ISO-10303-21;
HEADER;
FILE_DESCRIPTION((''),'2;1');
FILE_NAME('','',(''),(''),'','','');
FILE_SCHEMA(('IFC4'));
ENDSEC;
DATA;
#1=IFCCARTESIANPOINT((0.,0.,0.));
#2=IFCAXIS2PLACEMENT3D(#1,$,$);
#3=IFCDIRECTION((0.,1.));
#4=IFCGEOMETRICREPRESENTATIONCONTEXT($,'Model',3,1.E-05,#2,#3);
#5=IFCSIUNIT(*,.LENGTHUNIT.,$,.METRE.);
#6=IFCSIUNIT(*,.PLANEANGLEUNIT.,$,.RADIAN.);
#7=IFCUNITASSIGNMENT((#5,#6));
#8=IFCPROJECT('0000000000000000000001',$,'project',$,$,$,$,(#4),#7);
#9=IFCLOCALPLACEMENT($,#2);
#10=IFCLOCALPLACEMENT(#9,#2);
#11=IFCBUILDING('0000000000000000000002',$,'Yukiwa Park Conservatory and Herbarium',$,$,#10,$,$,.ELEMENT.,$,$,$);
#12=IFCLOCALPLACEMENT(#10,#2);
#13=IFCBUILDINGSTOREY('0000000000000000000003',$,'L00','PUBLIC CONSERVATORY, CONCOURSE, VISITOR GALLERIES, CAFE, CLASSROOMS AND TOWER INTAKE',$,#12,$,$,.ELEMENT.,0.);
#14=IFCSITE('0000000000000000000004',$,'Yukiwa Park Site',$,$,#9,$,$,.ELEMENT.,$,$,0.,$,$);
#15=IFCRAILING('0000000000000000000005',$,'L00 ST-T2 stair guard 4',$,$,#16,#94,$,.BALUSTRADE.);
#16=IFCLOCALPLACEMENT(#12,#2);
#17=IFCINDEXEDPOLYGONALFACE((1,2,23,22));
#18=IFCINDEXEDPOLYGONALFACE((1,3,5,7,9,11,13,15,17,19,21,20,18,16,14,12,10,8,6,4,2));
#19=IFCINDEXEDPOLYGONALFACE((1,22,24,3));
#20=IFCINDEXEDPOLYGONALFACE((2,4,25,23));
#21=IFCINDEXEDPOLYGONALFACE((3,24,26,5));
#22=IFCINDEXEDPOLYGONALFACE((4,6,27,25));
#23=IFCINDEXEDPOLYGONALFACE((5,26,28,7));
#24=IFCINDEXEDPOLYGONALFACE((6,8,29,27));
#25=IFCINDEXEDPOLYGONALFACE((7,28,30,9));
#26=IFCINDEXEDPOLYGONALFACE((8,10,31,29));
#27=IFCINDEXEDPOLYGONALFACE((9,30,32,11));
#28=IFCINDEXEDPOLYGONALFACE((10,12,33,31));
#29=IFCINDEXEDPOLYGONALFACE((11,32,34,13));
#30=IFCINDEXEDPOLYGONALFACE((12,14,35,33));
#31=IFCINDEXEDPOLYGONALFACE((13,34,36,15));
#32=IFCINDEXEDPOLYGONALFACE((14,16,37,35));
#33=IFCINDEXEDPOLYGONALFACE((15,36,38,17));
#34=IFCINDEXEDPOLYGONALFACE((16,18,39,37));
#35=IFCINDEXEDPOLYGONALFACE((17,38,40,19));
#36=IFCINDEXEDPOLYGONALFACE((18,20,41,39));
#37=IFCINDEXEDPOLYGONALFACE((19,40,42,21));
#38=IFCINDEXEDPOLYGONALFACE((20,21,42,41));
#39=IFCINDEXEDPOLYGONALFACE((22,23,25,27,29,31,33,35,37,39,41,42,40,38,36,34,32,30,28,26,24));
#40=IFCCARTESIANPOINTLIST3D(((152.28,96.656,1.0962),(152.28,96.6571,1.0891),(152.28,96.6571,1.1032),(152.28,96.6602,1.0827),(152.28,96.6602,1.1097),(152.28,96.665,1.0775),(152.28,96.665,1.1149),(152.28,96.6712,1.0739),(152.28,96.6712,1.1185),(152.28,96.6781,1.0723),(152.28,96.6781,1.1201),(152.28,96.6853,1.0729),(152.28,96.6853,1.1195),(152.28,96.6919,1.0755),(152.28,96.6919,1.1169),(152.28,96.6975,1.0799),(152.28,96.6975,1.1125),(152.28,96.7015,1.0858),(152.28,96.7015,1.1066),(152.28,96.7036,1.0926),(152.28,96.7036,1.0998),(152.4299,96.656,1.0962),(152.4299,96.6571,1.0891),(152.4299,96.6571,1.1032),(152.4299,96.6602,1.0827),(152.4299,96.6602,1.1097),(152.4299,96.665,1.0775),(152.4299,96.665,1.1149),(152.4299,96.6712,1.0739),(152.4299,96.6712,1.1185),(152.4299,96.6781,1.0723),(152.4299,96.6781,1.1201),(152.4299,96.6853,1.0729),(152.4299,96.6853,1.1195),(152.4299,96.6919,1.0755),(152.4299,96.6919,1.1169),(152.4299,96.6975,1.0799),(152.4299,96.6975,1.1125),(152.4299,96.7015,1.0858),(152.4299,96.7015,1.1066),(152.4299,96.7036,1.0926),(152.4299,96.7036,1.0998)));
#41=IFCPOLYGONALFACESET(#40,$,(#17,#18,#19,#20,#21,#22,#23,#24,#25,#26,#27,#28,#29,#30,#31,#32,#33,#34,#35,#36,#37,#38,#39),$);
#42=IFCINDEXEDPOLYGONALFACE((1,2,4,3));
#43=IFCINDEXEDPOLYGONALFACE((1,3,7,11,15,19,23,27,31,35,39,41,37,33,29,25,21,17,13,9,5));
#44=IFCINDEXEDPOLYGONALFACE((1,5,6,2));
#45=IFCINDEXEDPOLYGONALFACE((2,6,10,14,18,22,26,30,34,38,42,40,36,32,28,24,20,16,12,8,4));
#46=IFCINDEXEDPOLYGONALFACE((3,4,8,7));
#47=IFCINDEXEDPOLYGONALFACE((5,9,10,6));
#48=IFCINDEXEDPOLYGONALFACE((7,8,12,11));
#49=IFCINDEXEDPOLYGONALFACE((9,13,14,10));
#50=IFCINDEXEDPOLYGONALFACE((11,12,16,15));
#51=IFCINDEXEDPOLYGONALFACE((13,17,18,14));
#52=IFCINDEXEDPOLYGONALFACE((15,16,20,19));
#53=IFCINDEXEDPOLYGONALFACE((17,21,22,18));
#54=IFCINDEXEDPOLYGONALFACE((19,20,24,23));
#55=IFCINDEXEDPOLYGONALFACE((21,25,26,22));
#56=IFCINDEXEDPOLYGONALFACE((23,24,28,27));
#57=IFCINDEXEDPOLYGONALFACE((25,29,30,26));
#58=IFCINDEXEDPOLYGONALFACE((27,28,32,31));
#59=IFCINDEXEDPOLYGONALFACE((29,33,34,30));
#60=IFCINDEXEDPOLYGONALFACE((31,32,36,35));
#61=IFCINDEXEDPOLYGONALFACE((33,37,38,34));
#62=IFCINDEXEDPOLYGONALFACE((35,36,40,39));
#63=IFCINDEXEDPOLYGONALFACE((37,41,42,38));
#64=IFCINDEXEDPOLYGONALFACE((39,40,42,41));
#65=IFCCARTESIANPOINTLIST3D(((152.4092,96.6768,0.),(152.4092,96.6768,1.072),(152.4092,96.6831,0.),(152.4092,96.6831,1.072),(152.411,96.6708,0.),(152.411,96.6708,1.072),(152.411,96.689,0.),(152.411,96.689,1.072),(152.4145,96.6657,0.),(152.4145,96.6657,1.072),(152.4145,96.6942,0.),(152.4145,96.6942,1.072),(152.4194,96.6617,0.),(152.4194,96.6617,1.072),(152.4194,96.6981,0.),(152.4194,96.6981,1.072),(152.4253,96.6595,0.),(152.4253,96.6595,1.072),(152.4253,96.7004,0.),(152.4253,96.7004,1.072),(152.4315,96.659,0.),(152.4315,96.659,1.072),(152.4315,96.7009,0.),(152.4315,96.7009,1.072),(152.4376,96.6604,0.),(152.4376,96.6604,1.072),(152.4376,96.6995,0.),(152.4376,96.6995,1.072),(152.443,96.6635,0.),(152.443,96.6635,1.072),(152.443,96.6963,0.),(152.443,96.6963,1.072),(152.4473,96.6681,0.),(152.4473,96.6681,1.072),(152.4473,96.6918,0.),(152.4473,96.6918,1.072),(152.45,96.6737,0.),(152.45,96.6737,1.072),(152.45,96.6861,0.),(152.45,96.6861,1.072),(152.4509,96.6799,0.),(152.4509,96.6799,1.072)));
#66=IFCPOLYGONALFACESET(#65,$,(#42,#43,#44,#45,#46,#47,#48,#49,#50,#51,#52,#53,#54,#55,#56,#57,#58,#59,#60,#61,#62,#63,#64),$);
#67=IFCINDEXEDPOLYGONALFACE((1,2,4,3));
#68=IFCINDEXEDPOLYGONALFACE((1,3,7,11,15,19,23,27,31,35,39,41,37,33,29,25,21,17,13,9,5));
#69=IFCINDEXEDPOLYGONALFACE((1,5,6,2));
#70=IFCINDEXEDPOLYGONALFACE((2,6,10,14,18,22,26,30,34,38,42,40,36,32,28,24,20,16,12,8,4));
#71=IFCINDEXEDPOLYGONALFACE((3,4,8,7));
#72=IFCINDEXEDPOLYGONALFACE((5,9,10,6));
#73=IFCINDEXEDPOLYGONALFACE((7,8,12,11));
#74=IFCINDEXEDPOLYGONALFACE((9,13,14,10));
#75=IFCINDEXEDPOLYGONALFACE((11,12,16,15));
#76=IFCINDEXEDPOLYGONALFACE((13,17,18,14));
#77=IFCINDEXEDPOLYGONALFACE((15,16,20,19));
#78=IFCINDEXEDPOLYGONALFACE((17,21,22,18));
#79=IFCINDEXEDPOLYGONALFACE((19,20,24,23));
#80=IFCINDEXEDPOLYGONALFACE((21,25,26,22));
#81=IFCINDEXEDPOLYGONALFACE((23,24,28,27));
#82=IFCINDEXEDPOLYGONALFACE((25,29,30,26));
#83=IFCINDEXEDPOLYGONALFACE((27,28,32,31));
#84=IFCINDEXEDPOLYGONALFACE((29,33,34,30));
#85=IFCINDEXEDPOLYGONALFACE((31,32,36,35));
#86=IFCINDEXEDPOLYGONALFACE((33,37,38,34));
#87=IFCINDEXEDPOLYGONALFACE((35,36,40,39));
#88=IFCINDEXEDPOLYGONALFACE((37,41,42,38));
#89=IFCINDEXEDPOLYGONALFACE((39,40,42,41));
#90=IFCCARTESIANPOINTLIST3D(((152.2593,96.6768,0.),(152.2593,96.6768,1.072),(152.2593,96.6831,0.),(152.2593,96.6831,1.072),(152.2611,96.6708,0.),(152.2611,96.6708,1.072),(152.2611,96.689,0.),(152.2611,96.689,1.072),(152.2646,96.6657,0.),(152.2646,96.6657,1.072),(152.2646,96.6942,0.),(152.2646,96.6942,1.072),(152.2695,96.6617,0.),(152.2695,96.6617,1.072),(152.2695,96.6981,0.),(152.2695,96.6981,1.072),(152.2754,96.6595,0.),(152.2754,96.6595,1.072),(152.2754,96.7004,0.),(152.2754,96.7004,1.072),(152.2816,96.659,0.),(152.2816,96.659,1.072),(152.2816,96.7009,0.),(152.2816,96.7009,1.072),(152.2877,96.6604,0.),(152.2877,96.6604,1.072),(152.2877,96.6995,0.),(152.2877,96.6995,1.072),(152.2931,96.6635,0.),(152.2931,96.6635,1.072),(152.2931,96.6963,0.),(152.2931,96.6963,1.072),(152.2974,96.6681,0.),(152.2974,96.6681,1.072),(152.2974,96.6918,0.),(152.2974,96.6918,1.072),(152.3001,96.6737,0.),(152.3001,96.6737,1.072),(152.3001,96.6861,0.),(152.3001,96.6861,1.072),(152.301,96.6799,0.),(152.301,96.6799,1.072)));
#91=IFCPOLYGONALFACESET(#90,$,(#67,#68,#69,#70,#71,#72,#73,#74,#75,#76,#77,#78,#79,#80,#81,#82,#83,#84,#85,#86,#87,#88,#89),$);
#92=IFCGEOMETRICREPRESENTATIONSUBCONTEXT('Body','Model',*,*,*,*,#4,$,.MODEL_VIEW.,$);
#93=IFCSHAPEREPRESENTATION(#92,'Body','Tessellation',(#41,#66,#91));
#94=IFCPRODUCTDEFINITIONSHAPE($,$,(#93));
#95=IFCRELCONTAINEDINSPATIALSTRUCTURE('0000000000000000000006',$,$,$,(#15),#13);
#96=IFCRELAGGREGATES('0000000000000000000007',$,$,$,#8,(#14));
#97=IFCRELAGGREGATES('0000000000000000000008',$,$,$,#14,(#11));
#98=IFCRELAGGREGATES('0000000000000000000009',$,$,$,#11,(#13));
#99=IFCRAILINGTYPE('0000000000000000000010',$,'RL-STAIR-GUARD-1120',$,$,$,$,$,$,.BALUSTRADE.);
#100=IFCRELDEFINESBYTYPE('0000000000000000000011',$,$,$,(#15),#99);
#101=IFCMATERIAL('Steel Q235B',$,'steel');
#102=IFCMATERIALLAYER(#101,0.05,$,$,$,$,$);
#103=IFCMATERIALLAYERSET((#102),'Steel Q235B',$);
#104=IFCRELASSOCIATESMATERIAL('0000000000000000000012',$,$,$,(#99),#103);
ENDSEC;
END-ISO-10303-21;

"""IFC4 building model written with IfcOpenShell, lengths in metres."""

from ifc_helpers import new_model, si_unit, direction, frame, origin, origin_2d, place, context, subcontext, project, spatial, circle, extrude, material, layer, layer_set, type_object, element, save


model = new_model("IFC4")

# Units and contexts
model_context = context("Model", 3, precision=1e-05, world=origin(), true_north=direction((0.0, 1.0)))
body_context = subcontext(model_context, "Body", "Model", "MODEL_VIEW")
ifc_project = project(units=[si_unit("LENGTHUNIT", "METRE"), si_unit("PLANEANGLEUNIT", "RADIAN")], contexts=[model_context])

# Site, building, storey
site_placement = place(None, origin())
site = spatial("IfcSite", under=ifc_project, at=site_placement, Name="Yukiwa Park Site", CompositionType="ELEMENT", RefElevation=0.0)
building_placement = place(site_placement, origin())
building = spatial("IfcBuilding", under=site, at=building_placement, Name="Yukiwa Park Conservatory and Herbarium", CompositionType="ELEMENT")
storey_placement = place(building_placement, origin())
storey = spatial("IfcBuildingStorey", under=building, at=storey_placement, Name="L00", Description="PUBLIC CONSERVATORY, CONCOURSE, VISITOR GALLERIES, CAFE, CLASSROOMS AND TOWER INTAKE", CompositionType="ELEMENT", Elevation=0.0)

# Railing
ifc_material_1 = material(Name="Steel Q235B", Category="steel")
ifc_layer_1 = layer(ifc_material_1, 0.05)
ifc_layer_set_1 = layer_set([ifc_layer_1], Name="Steel Q235B")
railing_type = type_object("IfcRailingType", Name="RL-STAIR-GUARD-1120", PredefinedType="BALUSTRADE", material=ifc_layer_set_1)
railing_1_placement = place(storey_placement, frame((152.4299, 96.6799, 0.0)))
element("IfcRailing", 1, at=railing_1_placement, inside=storey, type_object=railing_type, Name="L00 ST-T2 stair guard 4", PredefinedType="BALUSTRADE", context=body_context, shape_type="SweptSolid", body=[
    extrude(circle(Radius=0.0239, at=origin_2d()), frame((0.0, 0.0, 1.0962), z_axis=(-1.0, 0.0, 0.0), x_axis=(0.0, -1.0, 0.0)), (0.0, 0.0, 1.0), 0.1499),
    extrude(circle(Radius=0.021, at=origin_2d()), origin(), (0.0, 0.0, 1.0), 1.072),
    extrude(circle(Radius=0.021, at=origin_2d()), frame((-0.1499, 0.0, 0.0)), (0.0, 0.0, 1.0), 1.072),
])

save(model, "model.ifc")
